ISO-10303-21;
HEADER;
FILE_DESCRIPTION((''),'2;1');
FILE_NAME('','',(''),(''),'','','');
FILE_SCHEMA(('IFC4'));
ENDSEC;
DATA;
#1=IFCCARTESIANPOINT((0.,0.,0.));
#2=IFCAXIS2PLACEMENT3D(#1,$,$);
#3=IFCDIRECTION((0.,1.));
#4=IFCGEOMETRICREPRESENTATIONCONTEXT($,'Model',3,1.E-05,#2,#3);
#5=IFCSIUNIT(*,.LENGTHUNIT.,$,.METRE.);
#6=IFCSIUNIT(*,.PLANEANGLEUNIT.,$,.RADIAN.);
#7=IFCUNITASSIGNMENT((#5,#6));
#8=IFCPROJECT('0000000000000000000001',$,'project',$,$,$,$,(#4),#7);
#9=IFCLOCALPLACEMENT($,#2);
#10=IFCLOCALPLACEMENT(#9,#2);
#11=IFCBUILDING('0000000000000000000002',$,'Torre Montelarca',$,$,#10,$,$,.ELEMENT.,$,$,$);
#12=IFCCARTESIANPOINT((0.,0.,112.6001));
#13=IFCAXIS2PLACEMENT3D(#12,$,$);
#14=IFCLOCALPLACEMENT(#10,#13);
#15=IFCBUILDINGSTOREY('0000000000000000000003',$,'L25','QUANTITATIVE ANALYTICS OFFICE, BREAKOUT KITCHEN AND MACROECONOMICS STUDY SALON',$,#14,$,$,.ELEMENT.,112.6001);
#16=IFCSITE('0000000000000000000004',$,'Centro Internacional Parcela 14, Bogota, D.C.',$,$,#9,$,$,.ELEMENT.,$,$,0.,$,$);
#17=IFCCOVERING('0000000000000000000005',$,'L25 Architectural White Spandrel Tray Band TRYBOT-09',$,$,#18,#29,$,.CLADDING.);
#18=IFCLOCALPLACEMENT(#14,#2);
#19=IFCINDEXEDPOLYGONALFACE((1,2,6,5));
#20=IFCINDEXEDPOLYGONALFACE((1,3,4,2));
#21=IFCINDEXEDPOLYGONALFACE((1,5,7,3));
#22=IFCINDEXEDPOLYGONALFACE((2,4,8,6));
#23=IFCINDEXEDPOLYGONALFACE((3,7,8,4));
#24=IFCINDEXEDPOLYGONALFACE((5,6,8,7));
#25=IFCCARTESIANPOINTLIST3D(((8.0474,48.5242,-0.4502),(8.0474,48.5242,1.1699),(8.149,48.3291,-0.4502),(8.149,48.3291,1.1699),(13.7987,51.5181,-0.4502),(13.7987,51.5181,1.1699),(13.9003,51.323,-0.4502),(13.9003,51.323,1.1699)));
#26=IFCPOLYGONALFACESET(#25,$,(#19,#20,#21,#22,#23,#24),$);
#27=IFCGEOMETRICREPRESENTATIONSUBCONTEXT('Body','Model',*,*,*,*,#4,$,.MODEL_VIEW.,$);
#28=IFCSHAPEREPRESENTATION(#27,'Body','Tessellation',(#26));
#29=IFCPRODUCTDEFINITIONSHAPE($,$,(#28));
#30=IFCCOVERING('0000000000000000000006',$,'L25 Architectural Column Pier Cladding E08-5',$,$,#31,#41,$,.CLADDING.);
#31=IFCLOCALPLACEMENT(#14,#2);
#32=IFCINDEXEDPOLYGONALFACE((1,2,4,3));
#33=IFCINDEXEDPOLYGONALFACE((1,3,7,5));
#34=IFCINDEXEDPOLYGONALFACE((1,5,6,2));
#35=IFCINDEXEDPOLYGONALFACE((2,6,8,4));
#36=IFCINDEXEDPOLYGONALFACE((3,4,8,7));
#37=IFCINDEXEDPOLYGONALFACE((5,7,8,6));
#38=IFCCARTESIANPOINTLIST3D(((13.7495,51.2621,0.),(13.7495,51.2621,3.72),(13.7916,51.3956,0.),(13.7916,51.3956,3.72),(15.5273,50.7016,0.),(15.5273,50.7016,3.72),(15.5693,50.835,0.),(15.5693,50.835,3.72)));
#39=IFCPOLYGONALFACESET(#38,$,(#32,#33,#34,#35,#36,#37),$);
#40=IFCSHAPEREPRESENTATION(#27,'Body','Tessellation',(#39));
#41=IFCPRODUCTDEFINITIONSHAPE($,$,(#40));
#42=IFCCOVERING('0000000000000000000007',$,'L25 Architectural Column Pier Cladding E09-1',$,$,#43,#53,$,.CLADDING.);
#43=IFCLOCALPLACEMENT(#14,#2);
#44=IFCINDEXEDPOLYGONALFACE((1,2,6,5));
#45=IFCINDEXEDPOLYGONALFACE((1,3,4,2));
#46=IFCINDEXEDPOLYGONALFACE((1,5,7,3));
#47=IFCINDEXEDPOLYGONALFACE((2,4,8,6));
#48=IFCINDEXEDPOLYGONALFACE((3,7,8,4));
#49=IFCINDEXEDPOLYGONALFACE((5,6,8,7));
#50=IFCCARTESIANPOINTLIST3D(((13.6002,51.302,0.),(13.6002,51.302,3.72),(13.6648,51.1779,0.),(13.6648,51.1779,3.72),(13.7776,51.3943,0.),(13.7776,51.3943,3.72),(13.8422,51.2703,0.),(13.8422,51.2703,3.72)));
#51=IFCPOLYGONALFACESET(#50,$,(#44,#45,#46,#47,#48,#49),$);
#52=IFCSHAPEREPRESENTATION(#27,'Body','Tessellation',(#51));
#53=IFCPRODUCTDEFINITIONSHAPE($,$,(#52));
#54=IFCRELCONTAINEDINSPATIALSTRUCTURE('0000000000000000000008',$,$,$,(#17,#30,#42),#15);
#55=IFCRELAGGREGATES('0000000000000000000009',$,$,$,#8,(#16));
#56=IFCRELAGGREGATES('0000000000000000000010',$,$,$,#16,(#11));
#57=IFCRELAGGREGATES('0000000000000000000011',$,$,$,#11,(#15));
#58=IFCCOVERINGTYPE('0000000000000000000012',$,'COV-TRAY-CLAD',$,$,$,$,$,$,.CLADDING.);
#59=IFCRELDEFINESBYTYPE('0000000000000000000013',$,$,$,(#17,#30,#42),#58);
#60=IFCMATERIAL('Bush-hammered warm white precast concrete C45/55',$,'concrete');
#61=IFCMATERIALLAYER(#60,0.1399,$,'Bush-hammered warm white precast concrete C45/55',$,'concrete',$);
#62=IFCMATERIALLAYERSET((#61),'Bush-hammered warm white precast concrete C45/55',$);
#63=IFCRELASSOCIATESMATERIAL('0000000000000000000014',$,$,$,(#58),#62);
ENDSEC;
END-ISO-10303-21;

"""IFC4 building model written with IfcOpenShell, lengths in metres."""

from ifc_helpers import new_model, si_unit, direction, frame, origin, origin_2d, place, context, subcontext, project, spatial, rectangle, extrude, source, transform, mapped, material, layer, layer_set, type_object, element, save


model = new_model("IFC4")

# Units and contexts
model_context = context("Model", 3, precision=1e-05, world=origin(), true_north=direction((0.0, 1.0)))
body_context = subcontext(model_context, "Body", "Model", "MODEL_VIEW")
ifc_project = project(units=[si_unit("LENGTHUNIT", "METRE"), si_unit("PLANEANGLEUNIT", "RADIAN")], contexts=[model_context])

# Site, building, storey
site_placement = place(None, origin())
site = spatial("IfcSite", under=ifc_project, at=site_placement, Name="Centro Internacional Parcela 14, Bogota, D.C.", CompositionType="ELEMENT", RefElevation=0.0)
building_placement = place(site_placement, origin())
building = spatial("IfcBuilding", under=site, at=building_placement, Name="Torre Montelarca", CompositionType="ELEMENT")
storey_placement = place(building_placement, frame((0.0, 0.0, 112.6001)))
storey = spatial("IfcBuildingStorey", under=building, at=storey_placement, Name="L25", Description="QUANTITATIVE ANALYTICS OFFICE, BREAKOUT KITCHEN AND MACROECONOMICS STUDY SALON", CompositionType="ELEMENT", Elevation=112.6001)

# Coverings
ifc_material_1 = material(Name="Bush-hammered warm white precast concrete C45/55", Category="concrete")
ifc_layer_1 = layer(ifc_material_1, 0.1399, Name="Bush-hammered warm white precast concrete C45/55", Category="concrete")
ifc_layer_set_1 = layer_set([ifc_layer_1], Name="Bush-hammered warm white precast concrete C45/55")
covering_type = type_object("IfcCoveringType", Name="COV-TRAY-CLAD", PredefinedType="CLADDING", material=ifc_layer_set_1)
shared_shape_1 = source(origin(), body_context, "Body", "SweptSolid", [
    extrude(rectangle(XDim=6.4839, YDim=0.22, at=origin_2d()), origin(), (0.0, 0.0, 1.0), 1.6201),
])
covering_1_placement = place(storey_placement, frame((10.9739, 49.9236, -0.4502), z_axis=(0.0, 0.0, 1.0), x_axis=(-0.887014, -0.461742, 0.0)))
element("IfcCovering", 1, at=covering_1_placement, inside=storey, type_object=covering_type, Name="L25 Architectural White Spandrel Tray Band TRYBOT-09", PredefinedType="CLADDING", context=body_context, shape_type="MappedRepresentation", body=[
    mapped(shared_shape_1, transform((0.0, 0.0, 0.0), scale=1.0)),
])
shared_shape_2 = source(origin(), body_context, "Body", "SweptSolid", [
    extrude(rectangle(XDim=1.864, YDim=0.1399, at=origin_2d()), origin(), (0.0, 0.0, 1.0), 3.72),
])
covering_2_placement = place(storey_placement, frame((14.6594, 51.0486, 0.0), z_axis=(0.0, 0.0, 1.0), x_axis=(-0.953717, 0.300704, 0.0)))
element("IfcCovering", 2, at=covering_2_placement, inside=storey, type_object=covering_type, Name="L25 Architectural Column Pier Cladding E08-5", PredefinedType="CLADDING", context=body_context, shape_type="MappedRepresentation", body=[
    mapped(shared_shape_2, transform((0.0, 0.0, 0.0), scale=1.0)),
])
shared_shape_3 = source(origin(), body_context, "Body", "SweptSolid", [
    extrude(rectangle(XDim=0.2, YDim=0.1399, at=origin_2d()), origin(), (0.0, 0.0, 1.0), 3.72),
])
covering_3_placement = place(storey_placement, frame((13.7212, 51.2861, 0.0), z_axis=(0.0, 0.0, 1.0), x_axis=(-0.887017, -0.461736, 0.0)))
element("IfcCovering", 3, at=covering_3_placement, inside=storey, type_object=covering_type, Name="L25 Architectural Column Pier Cladding E09-1", PredefinedType="CLADDING", context=body_context, shape_type="MappedRepresentation", body=[
    mapped(shared_shape_3, transform((0.0, 0.0, 0.0), scale=1.0)),
])

save(model, "model.ifc")
